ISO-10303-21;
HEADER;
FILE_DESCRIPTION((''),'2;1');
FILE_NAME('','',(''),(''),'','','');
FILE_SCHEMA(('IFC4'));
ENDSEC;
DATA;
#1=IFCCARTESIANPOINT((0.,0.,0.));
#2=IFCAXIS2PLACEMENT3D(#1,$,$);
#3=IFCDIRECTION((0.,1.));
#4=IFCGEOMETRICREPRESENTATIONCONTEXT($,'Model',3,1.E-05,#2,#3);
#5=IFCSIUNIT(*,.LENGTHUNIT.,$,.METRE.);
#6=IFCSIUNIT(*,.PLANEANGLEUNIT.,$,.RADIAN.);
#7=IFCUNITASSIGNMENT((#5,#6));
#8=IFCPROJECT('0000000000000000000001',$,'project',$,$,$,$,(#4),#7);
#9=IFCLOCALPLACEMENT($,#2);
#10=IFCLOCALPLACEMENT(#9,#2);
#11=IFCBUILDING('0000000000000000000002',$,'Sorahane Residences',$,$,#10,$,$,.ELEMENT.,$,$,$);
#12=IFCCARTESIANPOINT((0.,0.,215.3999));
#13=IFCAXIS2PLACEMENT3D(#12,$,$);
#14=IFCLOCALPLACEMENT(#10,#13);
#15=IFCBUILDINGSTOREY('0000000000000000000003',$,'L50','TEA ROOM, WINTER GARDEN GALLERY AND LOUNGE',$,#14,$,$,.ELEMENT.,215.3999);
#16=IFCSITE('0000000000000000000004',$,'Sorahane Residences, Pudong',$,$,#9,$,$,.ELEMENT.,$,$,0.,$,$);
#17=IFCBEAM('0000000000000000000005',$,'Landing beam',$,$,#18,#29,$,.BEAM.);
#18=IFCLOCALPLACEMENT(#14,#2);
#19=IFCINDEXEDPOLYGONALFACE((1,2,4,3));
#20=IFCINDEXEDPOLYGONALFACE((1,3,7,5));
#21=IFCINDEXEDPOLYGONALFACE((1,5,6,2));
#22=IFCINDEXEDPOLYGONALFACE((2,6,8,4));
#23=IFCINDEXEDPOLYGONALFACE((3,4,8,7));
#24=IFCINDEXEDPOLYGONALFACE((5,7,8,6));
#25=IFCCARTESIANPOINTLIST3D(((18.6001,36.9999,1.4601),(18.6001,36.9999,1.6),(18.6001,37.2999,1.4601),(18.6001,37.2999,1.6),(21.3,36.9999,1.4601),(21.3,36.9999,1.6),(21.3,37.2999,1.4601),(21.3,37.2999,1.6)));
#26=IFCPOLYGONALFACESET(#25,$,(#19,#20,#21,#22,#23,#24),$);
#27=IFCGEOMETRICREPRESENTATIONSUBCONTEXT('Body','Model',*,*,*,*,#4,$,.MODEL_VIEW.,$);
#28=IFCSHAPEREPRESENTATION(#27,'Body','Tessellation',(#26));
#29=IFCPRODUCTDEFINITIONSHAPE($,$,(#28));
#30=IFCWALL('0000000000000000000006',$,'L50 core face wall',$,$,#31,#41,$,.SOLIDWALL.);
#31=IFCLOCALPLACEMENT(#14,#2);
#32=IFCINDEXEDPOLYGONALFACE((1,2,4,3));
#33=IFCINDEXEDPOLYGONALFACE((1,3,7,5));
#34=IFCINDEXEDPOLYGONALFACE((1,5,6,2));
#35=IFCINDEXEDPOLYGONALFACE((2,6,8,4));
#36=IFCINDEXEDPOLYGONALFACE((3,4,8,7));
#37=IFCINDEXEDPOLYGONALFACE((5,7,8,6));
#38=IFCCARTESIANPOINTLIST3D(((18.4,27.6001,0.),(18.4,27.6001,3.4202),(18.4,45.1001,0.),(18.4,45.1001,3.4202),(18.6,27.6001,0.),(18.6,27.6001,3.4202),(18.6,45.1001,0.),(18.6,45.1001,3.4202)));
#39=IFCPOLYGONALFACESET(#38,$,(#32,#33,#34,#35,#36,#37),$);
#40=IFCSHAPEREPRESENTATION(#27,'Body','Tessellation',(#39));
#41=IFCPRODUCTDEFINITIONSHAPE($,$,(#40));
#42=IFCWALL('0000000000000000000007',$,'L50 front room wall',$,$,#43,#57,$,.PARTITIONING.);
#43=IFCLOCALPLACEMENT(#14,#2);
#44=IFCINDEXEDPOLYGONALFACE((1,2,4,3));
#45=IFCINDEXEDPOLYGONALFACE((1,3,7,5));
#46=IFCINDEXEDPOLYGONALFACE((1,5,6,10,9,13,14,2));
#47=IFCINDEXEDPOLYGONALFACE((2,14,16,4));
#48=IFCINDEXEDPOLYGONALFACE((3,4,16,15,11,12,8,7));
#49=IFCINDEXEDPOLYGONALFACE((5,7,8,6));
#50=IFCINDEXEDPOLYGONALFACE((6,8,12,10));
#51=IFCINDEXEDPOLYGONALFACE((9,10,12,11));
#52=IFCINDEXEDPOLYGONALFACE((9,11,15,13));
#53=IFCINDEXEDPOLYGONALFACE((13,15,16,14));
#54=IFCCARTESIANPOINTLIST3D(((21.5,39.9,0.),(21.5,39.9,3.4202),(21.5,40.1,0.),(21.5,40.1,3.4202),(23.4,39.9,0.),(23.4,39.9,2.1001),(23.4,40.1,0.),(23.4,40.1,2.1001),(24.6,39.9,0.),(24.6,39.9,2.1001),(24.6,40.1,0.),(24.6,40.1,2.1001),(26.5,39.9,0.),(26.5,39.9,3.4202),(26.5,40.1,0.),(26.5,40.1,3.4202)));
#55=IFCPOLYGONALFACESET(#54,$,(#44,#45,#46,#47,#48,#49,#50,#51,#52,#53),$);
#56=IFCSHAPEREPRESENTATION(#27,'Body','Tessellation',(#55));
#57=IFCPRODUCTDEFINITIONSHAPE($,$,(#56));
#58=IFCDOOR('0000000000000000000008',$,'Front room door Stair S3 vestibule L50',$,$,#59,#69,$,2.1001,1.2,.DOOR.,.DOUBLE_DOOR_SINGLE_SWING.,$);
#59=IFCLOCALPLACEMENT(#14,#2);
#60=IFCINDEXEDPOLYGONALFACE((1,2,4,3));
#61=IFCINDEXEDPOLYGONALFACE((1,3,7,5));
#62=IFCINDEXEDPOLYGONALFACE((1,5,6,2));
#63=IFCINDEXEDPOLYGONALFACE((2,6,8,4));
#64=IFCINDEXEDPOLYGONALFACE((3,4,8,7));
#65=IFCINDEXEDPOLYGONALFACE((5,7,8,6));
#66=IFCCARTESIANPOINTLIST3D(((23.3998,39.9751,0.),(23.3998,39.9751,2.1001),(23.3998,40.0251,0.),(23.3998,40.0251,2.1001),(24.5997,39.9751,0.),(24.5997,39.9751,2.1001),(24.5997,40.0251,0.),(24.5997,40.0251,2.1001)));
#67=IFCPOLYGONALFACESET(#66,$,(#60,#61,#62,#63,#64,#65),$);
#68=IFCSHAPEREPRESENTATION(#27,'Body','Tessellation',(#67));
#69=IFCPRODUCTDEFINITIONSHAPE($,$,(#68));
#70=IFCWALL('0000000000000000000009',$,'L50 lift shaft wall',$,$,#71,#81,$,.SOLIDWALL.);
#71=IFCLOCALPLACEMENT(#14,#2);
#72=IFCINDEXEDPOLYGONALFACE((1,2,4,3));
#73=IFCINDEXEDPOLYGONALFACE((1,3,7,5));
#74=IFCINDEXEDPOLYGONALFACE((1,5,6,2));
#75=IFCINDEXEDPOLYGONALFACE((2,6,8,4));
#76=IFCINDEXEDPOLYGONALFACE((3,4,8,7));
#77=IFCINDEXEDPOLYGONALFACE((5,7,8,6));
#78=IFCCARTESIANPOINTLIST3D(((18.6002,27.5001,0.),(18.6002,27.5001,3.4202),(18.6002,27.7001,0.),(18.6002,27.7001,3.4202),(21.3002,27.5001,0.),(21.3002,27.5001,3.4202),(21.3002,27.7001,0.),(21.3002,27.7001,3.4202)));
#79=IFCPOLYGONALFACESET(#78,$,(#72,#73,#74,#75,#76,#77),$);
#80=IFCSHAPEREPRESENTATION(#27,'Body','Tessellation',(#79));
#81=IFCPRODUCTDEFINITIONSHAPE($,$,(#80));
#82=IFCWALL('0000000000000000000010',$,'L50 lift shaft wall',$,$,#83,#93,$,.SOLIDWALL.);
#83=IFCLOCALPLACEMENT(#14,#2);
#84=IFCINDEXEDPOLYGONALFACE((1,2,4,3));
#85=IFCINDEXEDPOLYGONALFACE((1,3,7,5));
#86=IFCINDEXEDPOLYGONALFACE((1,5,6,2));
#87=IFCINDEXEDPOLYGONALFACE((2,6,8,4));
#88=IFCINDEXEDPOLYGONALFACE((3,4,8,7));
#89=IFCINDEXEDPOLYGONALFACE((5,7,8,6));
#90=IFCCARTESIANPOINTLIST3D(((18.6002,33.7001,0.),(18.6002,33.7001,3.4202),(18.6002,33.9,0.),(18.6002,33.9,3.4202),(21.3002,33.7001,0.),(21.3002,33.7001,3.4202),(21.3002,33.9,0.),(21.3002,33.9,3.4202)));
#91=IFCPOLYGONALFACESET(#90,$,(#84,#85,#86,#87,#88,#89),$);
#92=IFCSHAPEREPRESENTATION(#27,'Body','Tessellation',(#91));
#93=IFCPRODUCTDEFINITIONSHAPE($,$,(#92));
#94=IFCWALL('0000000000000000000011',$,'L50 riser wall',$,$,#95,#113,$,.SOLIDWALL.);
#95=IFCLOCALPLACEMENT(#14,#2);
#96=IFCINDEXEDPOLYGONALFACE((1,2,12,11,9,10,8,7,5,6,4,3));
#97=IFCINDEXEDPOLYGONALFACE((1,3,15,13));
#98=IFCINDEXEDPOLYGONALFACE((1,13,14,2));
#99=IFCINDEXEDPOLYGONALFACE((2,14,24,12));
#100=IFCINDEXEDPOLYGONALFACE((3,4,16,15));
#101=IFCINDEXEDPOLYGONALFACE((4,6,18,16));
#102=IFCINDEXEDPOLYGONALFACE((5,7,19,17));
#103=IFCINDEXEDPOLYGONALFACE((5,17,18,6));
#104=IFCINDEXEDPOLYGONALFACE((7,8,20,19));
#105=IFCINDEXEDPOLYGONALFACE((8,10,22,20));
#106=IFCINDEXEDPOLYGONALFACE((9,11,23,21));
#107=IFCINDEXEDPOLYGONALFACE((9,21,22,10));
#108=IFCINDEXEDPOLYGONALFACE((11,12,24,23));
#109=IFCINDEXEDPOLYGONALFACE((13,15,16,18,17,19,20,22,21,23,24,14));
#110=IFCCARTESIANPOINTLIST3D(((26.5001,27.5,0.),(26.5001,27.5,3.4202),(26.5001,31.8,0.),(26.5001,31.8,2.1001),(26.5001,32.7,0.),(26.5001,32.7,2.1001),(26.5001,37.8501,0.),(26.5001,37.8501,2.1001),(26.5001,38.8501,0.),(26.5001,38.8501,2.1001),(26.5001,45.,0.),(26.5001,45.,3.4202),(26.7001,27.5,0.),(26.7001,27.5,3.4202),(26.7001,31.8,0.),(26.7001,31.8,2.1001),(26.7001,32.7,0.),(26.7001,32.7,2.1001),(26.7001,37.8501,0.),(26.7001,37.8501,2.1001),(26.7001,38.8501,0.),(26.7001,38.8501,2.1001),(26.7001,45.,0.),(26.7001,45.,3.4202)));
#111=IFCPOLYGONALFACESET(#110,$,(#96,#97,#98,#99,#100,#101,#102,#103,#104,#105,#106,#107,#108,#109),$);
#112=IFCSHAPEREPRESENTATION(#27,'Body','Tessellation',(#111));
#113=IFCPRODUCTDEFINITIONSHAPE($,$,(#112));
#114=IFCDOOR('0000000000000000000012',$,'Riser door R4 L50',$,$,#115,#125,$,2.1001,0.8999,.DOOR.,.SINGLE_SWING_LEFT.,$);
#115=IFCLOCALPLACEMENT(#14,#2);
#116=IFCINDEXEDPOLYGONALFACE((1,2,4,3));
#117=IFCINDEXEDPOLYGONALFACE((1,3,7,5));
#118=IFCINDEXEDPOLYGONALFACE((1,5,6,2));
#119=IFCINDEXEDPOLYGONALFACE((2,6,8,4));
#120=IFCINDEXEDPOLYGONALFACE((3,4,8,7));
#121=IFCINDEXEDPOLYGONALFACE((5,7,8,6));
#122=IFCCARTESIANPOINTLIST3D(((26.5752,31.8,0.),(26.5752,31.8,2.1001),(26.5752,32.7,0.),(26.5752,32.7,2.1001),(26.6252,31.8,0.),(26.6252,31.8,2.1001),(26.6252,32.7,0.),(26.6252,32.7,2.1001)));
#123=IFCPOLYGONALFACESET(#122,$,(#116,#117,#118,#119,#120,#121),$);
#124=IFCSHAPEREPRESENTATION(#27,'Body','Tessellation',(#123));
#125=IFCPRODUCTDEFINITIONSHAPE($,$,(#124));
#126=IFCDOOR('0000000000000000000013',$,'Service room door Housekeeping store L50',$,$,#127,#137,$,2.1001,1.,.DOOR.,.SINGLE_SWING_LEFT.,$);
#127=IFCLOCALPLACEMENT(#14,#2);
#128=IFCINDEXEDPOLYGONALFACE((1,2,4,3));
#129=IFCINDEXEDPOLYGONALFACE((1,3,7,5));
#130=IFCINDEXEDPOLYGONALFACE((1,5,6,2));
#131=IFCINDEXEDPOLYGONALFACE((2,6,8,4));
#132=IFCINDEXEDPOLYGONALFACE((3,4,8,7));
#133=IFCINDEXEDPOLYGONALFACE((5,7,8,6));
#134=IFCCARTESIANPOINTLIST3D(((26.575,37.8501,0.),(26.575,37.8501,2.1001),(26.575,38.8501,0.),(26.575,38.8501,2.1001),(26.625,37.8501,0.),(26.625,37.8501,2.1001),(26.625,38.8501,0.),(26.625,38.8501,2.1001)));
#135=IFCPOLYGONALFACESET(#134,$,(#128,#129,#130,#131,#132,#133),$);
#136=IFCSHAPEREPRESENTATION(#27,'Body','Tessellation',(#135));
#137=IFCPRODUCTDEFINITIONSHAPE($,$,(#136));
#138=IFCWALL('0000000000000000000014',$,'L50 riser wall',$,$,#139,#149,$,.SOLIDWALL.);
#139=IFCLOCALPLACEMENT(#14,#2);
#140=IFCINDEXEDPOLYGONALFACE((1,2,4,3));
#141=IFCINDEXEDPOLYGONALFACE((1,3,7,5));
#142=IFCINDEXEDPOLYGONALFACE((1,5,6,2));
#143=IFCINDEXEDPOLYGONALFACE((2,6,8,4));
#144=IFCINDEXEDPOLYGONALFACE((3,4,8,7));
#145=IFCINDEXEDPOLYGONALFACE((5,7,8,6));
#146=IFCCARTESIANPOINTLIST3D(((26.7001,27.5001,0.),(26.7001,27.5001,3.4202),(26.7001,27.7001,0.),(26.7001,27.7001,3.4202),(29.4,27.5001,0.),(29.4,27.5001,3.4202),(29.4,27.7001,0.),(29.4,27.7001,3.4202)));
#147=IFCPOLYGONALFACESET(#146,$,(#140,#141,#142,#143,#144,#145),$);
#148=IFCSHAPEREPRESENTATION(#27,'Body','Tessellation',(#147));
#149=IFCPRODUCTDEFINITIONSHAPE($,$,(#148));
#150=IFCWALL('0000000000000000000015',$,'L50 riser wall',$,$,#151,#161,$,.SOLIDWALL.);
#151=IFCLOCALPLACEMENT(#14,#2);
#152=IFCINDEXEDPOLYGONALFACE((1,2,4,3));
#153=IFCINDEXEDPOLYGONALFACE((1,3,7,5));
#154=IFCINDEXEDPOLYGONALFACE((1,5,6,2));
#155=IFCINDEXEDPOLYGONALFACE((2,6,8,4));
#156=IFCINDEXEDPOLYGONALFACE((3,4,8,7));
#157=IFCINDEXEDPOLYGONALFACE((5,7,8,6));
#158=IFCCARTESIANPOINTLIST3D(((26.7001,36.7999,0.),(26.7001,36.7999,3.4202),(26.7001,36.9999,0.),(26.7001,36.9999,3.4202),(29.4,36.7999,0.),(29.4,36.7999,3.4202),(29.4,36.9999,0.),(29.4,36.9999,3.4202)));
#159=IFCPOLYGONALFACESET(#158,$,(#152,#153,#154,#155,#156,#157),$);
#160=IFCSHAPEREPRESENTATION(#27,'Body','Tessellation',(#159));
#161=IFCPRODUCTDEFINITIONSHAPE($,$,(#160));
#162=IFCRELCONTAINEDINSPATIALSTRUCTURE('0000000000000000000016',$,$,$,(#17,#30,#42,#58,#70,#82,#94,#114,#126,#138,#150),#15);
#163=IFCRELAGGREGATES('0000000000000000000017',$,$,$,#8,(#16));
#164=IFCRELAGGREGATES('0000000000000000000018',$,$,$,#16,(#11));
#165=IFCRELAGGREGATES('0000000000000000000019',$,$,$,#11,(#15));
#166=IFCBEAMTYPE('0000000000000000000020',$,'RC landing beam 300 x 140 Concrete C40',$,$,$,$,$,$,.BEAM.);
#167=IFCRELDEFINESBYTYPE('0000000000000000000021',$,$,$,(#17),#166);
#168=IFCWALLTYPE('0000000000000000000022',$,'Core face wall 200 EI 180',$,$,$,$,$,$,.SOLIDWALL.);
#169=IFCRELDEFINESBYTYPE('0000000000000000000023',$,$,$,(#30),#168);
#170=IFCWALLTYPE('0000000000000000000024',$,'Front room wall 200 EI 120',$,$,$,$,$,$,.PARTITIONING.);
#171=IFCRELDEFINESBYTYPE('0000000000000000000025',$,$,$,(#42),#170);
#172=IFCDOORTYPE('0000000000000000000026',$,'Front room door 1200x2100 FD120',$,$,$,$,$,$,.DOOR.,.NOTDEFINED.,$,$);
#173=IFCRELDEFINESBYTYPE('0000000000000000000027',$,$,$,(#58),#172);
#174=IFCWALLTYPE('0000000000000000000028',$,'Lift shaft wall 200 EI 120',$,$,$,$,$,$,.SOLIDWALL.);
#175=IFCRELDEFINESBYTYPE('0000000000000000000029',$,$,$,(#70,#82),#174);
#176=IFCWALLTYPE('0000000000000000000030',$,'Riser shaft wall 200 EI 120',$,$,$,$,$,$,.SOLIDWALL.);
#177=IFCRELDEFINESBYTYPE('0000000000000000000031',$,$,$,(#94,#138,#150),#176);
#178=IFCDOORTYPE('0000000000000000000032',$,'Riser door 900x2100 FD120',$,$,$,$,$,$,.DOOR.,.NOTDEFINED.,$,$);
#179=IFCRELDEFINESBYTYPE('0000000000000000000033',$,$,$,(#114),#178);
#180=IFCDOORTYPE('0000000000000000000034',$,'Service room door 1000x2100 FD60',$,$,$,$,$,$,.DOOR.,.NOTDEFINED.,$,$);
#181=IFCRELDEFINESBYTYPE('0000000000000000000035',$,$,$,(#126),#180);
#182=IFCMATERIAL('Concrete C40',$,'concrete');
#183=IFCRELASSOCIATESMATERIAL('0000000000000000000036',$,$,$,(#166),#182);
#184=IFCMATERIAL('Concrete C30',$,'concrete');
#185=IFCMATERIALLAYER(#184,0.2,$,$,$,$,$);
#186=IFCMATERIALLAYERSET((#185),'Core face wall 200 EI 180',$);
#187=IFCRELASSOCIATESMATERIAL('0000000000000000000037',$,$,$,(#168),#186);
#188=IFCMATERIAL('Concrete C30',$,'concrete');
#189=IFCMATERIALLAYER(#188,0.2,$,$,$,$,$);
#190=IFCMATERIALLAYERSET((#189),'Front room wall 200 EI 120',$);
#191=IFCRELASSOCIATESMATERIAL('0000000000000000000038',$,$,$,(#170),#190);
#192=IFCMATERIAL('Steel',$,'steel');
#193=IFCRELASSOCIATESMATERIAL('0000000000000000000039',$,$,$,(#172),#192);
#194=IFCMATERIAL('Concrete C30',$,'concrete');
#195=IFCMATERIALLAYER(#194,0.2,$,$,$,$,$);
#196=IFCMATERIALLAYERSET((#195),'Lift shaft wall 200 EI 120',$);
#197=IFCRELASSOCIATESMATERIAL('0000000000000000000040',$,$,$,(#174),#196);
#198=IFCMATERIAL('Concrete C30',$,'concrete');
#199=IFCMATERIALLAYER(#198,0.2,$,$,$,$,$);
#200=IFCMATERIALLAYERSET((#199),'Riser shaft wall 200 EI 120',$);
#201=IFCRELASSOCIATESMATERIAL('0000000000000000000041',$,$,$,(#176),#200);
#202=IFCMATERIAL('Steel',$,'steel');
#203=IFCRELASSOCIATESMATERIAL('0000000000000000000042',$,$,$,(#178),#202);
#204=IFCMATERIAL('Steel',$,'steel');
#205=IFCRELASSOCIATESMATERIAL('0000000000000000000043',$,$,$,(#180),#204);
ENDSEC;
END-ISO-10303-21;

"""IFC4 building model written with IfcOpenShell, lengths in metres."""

from ifc_helpers import new_model, si_unit, direction, frame, frame_2d, origin, origin_2d, place, context, subcontext, project, spatial, rectangle, extrude, material, layer, layer_set, material_profile, profile_set, type_object, element, fill, save


model = new_model("IFC4")

# Units and contexts
model_context = context("Model", 3, precision=1e-05, world=origin(), true_north=direction((0.0, 1.0)))
body_context = subcontext(model_context, "Body", "Model", "MODEL_VIEW")
ifc_project = project(units=[si_unit("LENGTHUNIT", "METRE"), si_unit("PLANEANGLEUNIT", "RADIAN")], contexts=[model_context])

# Site, building, storey
site_placement = place(None, origin())
site = spatial("IfcSite", under=ifc_project, at=site_placement, Name="Sorahane Residences, Pudong", CompositionType="ELEMENT", RefElevation=0.0)
building_placement = place(site_placement, origin())
building = spatial("IfcBuilding", under=site, at=building_placement, Name="Sorahane Residences", CompositionType="ELEMENT")
storey_placement = place(building_placement, frame((0.0, 0.0, 215.3999)))
storey = spatial("IfcBuildingStorey", under=building, at=storey_placement, Name="L50", Description="TEA ROOM, WINTER GARDEN GALLERY AND LOUNGE", CompositionType="ELEMENT", Elevation=215.3999)

# Beam
ifc_material_1 = material(Name="Concrete C40", Category="concrete")
ifc_material_profile = material_profile(ifc_material_1, rectangle(XDim=0.3, YDim=0.1399, at=origin_2d()), Name="300x140")
ifc_profile_set = profile_set([ifc_material_profile], Name="Concrete C40")
beam_type = type_object("IfcBeamType", Name="RC landing beam 300 x 140 Concrete C40", PredefinedType="BEAM", material=ifc_profile_set)
beam_placement = place(storey_placement, frame((18.6001, 37.1499, 1.53), z_axis=(1.0, 0.0, 0.0), x_axis=(0.0, 1.0, 0.0)))
element("IfcBeam", 1, at=beam_placement, inside=storey, type_object=beam_type, Name="Landing beam", PredefinedType="BEAM", context=body_context, shape_type="SweptSolid", body=[
    extrude(rectangle(XDim=0.3, YDim=0.1399, at=origin_2d()), origin(), (0.0, 0.0, 1.0), 2.7),
])

# Wall
ifc_material_2 = material(Name="Concrete C30", Category="concrete")
ifc_layer_1 = layer(ifc_material_2, 0.2)
ifc_layer_set_1 = layer_set([ifc_layer_1], Name="Core face wall 200 EI 180")
wall_type_1 = type_object("IfcWallType", Name="Core face wall 200 EI 180", PredefinedType="SOLIDWALL", material=ifc_layer_set_1)
wall_1_placement = place(storey_placement, frame((18.5, 27.6001, 0.0), z_axis=(0.0, 0.0, 1.0), x_axis=(0.0, 1.0, 0.0)))
element("IfcWall", 2, at=wall_1_placement, inside=storey, type_object=wall_type_1, Name="L50 core face wall", PredefinedType="SOLIDWALL", context=body_context, shape_type="SweptSolid", body=[
    extrude(rectangle(XDim=17.5, YDim=0.2, at=frame_2d((8.75, 0.0))), origin(), (0.0, 0.0, 1.0), 3.4202),
])

# Wall, opening, door
ifc_material_3 = material(Name="Concrete C30", Category="concrete")
ifc_layer_2 = layer(ifc_material_3, 0.2)
ifc_layer_set_2 = layer_set([ifc_layer_2], Name="Front room wall 200 EI 120")
wall_type_2 = type_object("IfcWallType", Name="Front room wall 200 EI 120", PredefinedType="PARTITIONING", material=ifc_layer_set_2)
wall_2_placement = place(storey_placement, frame((21.5, 40.0, 0.0), z_axis=(0.0, 0.0, 1.0), x_axis=(1.0, 0.0, 0.0)))
wall_2 = element("IfcWall", 3, at=wall_2_placement, inside=storey, type_object=wall_type_2, Name="L50 front room wall", PredefinedType="PARTITIONING", context=body_context, shape_type="SweptSolid", body=[
    extrude(rectangle(XDim=5.0, YDim=0.2, at=frame_2d((2.5, 0.0))), origin(), (0.0, 0.0, 1.0), 3.4202),
])
opening_1_placement = place(wall_2_placement, frame((1.8999, 0.0, 0.0)))
opening_1 = element("IfcOpeningElement", 4, at=opening_1_placement, cuts=wall_2, PredefinedType="OPENING", context=body_context, shape_type="SweptSolid", body=[
    extrude(rectangle(XDim=1.2, YDim=2.1001, at=frame_2d((0.6001, 1.05))), frame((0.0, 0.1099, 0.0), z_axis=(0.0, -1.0, 0.0), x_axis=(1.0, 0.0, 0.0)), (0.0, 0.0, 1.0), 0.22),
])
ifc_material_4 = material(Name="Steel", Category="steel")
door_type_1 = type_object("IfcDoorType", Name="Front room door 1200x2100 FD120", OperationType="NOTDEFINED", PredefinedType="DOOR", material=ifc_material_4)
door_1_placement = place(opening_1_placement, frame((1.2, 0.0, 0.0), z_axis=(0.0, 0.0, 1.0), x_axis=(-1.0, 0.0, 0.0)))
door_1 = element("IfcDoor", 5, at=door_1_placement, inside=storey, type_object=door_type_1, Name="Front room door Stair S3 vestibule L50", OperationType="DOUBLE_DOOR_SINGLE_SWING", OverallHeight=2.1001, OverallWidth=1.2, PredefinedType="DOOR", context=body_context, shape_type="SweptSolid", body=[
    extrude(rectangle(XDim=1.2, YDim=2.1001, at=frame_2d((0.6001, 1.05))), frame((0.0, 0.0249, 0.0), z_axis=(0.0, -1.0, 0.0), x_axis=(1.0, 0.0, 0.0)), (0.0, 0.0, 1.0), 0.05),
])
fill(opening_1, door_1)

# Walls
ifc_material_5 = material(Name="Concrete C30", Category="concrete")
ifc_layer_3 = layer(ifc_material_5, 0.2)
ifc_layer_set_3 = layer_set([ifc_layer_3], Name="Lift shaft wall 200 EI 120")
wall_type_3 = type_object("IfcWallType", Name="Lift shaft wall 200 EI 120", PredefinedType="SOLIDWALL", material=ifc_layer_set_3)
for number, where, z_axis, x_axis, name in (
    (6, (18.6001, 27.6001, 0.0), (0.0, 0.0, 1.0), (1.0, 0.0, 0.0), "L50 lift shaft wall"),
    (7, (18.6001, 33.8, 0.0), (0.0, 0.0, 1.0), (1.0, 0.0, 0.0), "L50 lift shaft wall"),
):
    element("IfcWall", number, at=place(storey_placement, frame(where, z_axis=z_axis, x_axis=x_axis)), inside=storey, type_object=wall_type_3, Name=name, PredefinedType="SOLIDWALL", context=body_context, shape_type="SweptSolid", body=[
        extrude(rectangle(XDim=2.7, YDim=0.2, at=frame_2d((1.3501, 0.0))), origin(), (0.0, 0.0, 1.0), 3.4202),
    ])

# Wall, openings, doors
ifc_material_6 = material(Name="Concrete C30", Category="concrete")
ifc_layer_4 = layer(ifc_material_6, 0.2)
ifc_layer_set_4 = layer_set([ifc_layer_4], Name="Riser shaft wall 200 EI 120")
wall_type_4 = type_object("IfcWallType", Name="Riser shaft wall 200 EI 120", PredefinedType="SOLIDWALL", material=ifc_layer_set_4)
wall_3_placement = place(storey_placement, frame((26.6001, 27.5, 0.0), z_axis=(0.0, 0.0, 1.0), x_axis=(0.0, 1.0, 0.0)))
wall_3 = element("IfcWall", 8, at=wall_3_placement, inside=storey, type_object=wall_type_4, Name="L50 riser wall", PredefinedType="SOLIDWALL", context=body_context, shape_type="SweptSolid", body=[
    extrude(rectangle(XDim=17.5, YDim=0.2, at=frame_2d((8.75, 0.0))), origin(), (0.0, 0.0, 1.0), 3.4202),
])
opening_2_placement = place(wall_3_placement, frame((4.3, 0.0, 0.0)))
opening_2 = element("IfcOpeningElement", 9, at=opening_2_placement, cuts=wall_3, PredefinedType="OPENING", context=body_context, shape_type="SweptSolid", body=[
    extrude(rectangle(XDim=0.8999, YDim=2.1001, at=frame_2d((0.45, 1.05))), frame((0.0, 0.1099, 0.0), z_axis=(0.0, -1.0, 0.0), x_axis=(1.0, 0.0, 0.0)), (0.0, 0.0, 1.0), 0.22),
])
opening_3_placement = place(wall_3_placement, frame((10.3501, 0.0, 0.0)))
opening_3 = element("IfcOpeningElement", 10, at=opening_3_placement, cuts=wall_3, PredefinedType="OPENING", context=body_context, shape_type="SweptSolid", body=[
    extrude(rectangle(XDim=1.0, YDim=2.1001, at=frame_2d((0.5, 1.05))), frame((0.0, 0.1099, 0.0), z_axis=(0.0, -1.0, 0.0), x_axis=(1.0, 0.0, 0.0)), (0.0, 0.0, 1.0), 0.22),
])
ifc_material_7 = material(Name="Steel", Category="steel")
door_type_2 = type_object("IfcDoorType", Name="Riser door 900x2100 FD120", OperationType="NOTDEFINED", PredefinedType="DOOR", material=ifc_material_7)
door_2_placement = place(opening_2_placement, origin())
door_2 = element("IfcDoor", 11, at=door_2_placement, inside=storey, type_object=door_type_2, Name="Riser door R4 L50", OperationType="SINGLE_SWING_LEFT", OverallHeight=2.1001, OverallWidth=0.8999, PredefinedType="DOOR", context=body_context, shape_type="SweptSolid", body=[
    extrude(rectangle(XDim=0.8999, YDim=2.1001, at=frame_2d((0.45, 1.05))), frame((0.0, 0.0249, 0.0), z_axis=(0.0, -1.0, 0.0), x_axis=(1.0, 0.0, 0.0)), (0.0, 0.0, 1.0), 0.05),
])
fill(opening_2, door_2)
ifc_material_8 = material(Name="Steel", Category="steel")
door_type_3 = type_object("IfcDoorType", Name="Service room door 1000x2100 FD60", OperationType="NOTDEFINED", PredefinedType="DOOR", material=ifc_material_8)
door_3_placement = place(opening_3_placement, frame((1.0, 0.0, 0.0), z_axis=(0.0, 0.0, 1.0), x_axis=(-1.0, 0.0, 0.0)))
door_3 = element("IfcDoor", 12, at=door_3_placement, inside=storey, type_object=door_type_3, Name="Service room door Housekeeping store L50", OperationType="SINGLE_SWING_LEFT", OverallHeight=2.1001, OverallWidth=1.0, PredefinedType="DOOR", context=body_context, shape_type="SweptSolid", body=[
    extrude(rectangle(XDim=1.0, YDim=2.1001, at=frame_2d((0.5, 1.05))), frame((0.0, 0.0249, 0.0), z_axis=(0.0, -1.0, 0.0), x_axis=(1.0, 0.0, 0.0)), (0.0, 0.0, 1.0), 0.05),
])
fill(opening_3, door_3)

# Walls
for number, where, z_axis, x_axis, name in (
    (13, (26.7, 27.6001, 0.0), (0.0, 0.0, 1.0), (1.0, 0.0, 0.0), "L50 riser wall"),
    (14, (26.7, 36.8999, 0.0), (0.0, 0.0, 1.0), (1.0, 0.0, 0.0), "L50 riser wall"),
):
    element("IfcWall", number, at=place(storey_placement, frame(where, z_axis=z_axis, x_axis=x_axis)), inside=storey, type_object=wall_type_4, Name=name, PredefinedType="SOLIDWALL", context=body_context, shape_type="SweptSolid", body=[
        extrude(rectangle(XDim=2.7, YDim=0.2, at=frame_2d((1.3501, 0.0))), origin(), (0.0, 0.0, 1.0), 3.4202),
    ])

save(model, "model.ifc")
